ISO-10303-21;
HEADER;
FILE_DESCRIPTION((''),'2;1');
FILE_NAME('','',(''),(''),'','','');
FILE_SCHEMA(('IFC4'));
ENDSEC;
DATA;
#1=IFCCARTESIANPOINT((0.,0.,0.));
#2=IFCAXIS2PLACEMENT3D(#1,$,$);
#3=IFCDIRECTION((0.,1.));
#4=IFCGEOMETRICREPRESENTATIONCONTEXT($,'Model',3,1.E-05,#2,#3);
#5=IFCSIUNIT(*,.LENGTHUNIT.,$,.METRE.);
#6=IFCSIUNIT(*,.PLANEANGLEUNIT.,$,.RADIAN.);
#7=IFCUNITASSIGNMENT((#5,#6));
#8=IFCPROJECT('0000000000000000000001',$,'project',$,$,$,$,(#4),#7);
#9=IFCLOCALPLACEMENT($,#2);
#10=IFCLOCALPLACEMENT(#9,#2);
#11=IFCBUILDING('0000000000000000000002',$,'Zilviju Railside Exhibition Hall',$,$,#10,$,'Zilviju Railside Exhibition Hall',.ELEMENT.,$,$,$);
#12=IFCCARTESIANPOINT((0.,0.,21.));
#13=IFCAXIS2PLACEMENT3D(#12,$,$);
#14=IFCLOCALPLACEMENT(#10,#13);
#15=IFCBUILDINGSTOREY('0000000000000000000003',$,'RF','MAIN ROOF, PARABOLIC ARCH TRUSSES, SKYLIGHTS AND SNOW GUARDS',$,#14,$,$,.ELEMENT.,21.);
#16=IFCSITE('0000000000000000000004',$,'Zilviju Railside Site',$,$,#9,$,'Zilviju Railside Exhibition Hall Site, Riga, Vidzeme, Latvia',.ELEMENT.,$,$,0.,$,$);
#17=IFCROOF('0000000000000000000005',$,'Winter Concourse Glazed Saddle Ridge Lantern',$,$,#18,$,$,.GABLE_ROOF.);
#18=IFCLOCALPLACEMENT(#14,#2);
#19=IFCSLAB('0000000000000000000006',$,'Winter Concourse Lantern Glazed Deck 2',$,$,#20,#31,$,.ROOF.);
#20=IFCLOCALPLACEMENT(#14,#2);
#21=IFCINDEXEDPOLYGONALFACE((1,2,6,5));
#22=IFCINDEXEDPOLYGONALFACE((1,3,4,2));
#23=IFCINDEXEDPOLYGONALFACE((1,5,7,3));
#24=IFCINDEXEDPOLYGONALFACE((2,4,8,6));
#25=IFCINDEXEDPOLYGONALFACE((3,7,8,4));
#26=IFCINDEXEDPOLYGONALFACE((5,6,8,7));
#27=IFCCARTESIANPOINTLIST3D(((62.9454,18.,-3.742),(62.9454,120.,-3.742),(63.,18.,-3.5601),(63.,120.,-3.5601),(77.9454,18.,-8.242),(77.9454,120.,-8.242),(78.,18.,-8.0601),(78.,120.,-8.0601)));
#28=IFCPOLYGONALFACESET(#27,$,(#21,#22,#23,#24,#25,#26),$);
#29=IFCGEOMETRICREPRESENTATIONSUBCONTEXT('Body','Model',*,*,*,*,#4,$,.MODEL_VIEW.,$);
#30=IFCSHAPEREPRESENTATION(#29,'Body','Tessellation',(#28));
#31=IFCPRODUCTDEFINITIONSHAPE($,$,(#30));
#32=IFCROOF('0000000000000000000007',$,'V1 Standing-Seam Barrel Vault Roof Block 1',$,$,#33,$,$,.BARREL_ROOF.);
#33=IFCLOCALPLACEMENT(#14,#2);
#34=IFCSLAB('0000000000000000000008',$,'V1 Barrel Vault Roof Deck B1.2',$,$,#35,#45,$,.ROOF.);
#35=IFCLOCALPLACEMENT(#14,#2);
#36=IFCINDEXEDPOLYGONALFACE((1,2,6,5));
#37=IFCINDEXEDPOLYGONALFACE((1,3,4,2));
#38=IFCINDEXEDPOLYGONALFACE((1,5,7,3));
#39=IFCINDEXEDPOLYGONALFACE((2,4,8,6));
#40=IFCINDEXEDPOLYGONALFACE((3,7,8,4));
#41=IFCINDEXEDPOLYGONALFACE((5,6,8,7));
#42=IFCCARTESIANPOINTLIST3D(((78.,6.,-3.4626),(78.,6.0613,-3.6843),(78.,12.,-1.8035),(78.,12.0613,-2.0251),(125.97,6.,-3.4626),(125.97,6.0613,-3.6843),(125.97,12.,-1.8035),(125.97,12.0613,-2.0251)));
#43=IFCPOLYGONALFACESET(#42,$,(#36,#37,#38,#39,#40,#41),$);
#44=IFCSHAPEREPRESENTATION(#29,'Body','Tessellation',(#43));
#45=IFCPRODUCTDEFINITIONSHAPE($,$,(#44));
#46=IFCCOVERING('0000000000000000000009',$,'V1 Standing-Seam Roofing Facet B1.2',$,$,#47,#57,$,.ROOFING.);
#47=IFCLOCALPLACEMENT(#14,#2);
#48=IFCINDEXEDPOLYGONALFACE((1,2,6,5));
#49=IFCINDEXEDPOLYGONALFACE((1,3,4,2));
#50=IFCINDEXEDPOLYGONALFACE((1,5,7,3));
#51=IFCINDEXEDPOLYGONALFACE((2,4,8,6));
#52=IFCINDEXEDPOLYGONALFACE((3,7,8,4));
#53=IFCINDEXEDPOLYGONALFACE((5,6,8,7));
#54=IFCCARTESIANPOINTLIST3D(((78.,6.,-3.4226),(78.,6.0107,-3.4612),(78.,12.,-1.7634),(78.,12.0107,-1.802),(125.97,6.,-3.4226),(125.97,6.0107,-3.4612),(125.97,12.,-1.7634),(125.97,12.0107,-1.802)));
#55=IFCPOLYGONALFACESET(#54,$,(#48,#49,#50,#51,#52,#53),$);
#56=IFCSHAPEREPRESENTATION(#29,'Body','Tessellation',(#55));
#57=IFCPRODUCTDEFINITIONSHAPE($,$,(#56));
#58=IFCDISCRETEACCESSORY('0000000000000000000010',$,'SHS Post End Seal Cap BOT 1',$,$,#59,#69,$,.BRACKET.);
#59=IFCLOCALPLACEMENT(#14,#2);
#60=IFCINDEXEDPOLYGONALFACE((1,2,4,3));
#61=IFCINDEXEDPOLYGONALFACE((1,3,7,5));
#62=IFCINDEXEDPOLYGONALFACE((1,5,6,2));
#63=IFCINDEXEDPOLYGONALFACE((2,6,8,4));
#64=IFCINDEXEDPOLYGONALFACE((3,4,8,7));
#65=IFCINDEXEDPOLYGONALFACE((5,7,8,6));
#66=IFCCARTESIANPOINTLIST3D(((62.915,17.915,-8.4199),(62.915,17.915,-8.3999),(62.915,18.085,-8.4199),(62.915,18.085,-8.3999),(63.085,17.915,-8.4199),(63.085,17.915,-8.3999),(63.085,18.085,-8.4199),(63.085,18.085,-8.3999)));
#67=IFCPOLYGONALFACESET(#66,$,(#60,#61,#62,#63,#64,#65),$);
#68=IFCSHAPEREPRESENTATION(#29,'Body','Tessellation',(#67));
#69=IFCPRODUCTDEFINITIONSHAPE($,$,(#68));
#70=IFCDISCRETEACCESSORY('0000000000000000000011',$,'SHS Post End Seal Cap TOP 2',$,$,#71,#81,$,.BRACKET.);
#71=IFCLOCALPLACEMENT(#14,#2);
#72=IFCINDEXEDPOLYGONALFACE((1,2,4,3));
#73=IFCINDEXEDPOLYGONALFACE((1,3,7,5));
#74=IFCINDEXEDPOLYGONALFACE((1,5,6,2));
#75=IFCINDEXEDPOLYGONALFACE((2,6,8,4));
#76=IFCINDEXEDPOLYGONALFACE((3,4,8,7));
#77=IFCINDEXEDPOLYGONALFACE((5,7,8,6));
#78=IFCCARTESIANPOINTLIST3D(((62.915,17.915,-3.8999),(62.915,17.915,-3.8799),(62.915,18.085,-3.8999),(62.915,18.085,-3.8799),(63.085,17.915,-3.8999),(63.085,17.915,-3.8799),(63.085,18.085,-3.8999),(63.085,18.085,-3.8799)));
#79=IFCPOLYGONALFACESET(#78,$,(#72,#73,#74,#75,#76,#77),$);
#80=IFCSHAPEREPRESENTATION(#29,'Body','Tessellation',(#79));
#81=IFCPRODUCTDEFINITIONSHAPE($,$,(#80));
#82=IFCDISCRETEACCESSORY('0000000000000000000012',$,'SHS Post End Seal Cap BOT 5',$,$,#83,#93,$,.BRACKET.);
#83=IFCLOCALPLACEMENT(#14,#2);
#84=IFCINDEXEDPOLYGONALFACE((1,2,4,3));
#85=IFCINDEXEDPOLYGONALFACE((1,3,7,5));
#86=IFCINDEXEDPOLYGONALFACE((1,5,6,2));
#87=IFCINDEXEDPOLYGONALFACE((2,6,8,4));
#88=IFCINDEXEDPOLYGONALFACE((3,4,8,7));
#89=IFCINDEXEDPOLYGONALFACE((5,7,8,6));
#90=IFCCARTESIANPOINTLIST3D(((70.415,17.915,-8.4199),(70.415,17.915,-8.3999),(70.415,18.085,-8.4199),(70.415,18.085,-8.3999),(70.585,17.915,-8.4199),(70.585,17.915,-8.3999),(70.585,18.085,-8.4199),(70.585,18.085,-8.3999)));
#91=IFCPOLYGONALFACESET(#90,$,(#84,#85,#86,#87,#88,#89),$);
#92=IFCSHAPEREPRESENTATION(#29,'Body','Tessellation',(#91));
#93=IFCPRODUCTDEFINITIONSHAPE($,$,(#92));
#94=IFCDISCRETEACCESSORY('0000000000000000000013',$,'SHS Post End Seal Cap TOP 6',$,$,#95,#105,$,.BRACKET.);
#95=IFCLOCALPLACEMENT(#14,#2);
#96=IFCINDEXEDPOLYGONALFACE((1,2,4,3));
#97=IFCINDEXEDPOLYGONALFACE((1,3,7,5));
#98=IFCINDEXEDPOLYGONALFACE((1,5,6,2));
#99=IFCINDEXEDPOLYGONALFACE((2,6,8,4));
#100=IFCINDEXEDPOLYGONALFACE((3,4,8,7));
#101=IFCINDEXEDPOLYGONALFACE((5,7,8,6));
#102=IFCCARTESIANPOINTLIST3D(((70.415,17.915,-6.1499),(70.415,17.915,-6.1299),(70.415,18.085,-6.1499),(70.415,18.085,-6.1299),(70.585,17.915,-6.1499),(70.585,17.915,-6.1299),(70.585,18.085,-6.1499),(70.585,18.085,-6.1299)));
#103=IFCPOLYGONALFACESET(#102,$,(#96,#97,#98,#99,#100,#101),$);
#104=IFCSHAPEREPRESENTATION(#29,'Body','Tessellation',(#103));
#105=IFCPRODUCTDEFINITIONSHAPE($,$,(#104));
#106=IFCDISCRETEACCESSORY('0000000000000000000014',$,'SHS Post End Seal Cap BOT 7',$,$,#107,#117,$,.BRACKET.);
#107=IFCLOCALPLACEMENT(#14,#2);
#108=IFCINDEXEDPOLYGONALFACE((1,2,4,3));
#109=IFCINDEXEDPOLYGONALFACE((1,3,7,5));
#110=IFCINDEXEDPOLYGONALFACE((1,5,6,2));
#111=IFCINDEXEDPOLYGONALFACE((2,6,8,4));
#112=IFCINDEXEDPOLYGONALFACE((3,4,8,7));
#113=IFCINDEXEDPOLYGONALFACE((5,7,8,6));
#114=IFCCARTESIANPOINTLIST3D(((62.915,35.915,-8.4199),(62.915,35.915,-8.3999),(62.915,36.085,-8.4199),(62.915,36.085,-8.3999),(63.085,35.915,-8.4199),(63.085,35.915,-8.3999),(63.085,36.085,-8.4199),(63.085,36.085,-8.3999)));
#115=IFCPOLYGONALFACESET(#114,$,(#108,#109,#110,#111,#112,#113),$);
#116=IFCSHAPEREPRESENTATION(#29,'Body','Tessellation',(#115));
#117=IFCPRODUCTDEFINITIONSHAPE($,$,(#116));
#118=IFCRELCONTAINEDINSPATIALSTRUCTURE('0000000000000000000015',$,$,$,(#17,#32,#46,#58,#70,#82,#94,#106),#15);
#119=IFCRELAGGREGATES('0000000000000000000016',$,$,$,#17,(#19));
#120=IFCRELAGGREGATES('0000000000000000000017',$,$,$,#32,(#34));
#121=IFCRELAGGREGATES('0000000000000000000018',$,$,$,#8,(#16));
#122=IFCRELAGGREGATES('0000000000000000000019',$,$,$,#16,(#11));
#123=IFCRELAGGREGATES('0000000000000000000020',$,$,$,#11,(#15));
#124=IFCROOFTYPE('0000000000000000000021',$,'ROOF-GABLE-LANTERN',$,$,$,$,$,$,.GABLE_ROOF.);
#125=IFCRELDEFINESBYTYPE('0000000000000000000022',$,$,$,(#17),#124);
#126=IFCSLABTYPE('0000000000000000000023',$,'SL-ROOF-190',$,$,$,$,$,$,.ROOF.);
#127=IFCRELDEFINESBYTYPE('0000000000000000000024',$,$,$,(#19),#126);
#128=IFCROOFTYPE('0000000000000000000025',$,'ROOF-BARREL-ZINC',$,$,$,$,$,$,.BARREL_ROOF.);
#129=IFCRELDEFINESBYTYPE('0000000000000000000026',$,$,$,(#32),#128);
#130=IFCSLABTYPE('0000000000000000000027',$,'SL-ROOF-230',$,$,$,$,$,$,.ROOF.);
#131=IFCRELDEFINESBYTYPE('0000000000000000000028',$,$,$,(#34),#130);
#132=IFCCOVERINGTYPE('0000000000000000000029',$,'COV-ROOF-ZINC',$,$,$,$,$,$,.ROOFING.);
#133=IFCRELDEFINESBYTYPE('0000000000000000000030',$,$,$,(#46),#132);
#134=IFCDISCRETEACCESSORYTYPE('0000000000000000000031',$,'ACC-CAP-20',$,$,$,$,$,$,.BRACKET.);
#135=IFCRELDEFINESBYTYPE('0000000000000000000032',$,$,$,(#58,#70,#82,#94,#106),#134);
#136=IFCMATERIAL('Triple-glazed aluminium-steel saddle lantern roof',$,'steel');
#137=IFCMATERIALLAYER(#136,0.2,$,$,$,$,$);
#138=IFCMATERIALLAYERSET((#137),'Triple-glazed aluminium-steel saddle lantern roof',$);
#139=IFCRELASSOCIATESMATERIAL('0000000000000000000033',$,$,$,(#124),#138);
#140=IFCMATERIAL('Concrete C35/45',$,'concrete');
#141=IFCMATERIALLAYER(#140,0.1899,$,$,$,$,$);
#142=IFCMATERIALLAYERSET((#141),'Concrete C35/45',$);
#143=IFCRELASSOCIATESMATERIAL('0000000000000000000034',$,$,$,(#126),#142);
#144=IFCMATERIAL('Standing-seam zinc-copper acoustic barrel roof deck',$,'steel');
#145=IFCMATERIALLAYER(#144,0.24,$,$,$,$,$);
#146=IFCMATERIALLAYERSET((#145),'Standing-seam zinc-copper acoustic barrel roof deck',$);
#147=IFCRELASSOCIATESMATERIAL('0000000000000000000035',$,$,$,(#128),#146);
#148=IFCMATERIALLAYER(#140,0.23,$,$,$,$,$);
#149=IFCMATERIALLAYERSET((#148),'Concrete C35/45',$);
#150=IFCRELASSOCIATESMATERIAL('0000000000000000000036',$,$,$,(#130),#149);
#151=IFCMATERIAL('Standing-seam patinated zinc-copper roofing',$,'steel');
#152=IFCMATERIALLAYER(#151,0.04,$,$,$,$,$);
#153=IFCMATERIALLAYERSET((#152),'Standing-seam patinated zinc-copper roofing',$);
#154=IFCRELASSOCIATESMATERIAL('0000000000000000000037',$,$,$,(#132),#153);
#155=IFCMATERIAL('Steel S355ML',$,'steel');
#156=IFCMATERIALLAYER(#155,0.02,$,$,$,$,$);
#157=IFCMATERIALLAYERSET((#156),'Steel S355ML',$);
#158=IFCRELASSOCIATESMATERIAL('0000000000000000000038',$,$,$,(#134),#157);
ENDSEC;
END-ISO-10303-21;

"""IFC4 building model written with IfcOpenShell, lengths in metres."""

from ifc_helpers import new_model, si_unit, direction, frame, origin, origin_2d, place, context, subcontext, project, spatial, polyline, rectangle, outline, extrude, material, layer, layer_set, type_object, element, aggregate, save


model = new_model("IFC4")

# Units and contexts
model_context = context("Model", 3, precision=1e-05, world=origin(), true_north=direction((0.0, 1.0)))
body_context = subcontext(model_context, "Body", "Model", "MODEL_VIEW")
ifc_project = project(units=[si_unit("LENGTHUNIT", "METRE"), si_unit("PLANEANGLEUNIT", "RADIAN")], contexts=[model_context])

# Site, building, storey
site_placement = place(None, origin())
site = spatial("IfcSite", under=ifc_project, at=site_placement, Name="Zilviju Railside Site", LongName="Zilviju Railside Exhibition Hall Site, Riga, Vidzeme, Latvia", CompositionType="ELEMENT", RefElevation=0.0)
building_placement = place(site_placement, origin())
building = spatial("IfcBuilding", under=site, at=building_placement, Name="Zilviju Railside Exhibition Hall", LongName="Zilviju Railside Exhibition Hall", CompositionType="ELEMENT")
storey_placement = place(building_placement, frame((0.0, 0.0, 21.0)))
storey = spatial("IfcBuildingStorey", under=building, at=storey_placement, Name="RF", Description="MAIN ROOF, PARABOLIC ARCH TRUSSES, SKYLIGHTS AND SNOW GUARDS", CompositionType="ELEMENT", Elevation=21.0)

# Shared definitions
ifc_material_1 = material(Name="Steel S355ML", Category="steel")

# Roofs, slabs
ifc_material_2 = material(Name="Triple-glazed aluminium-steel saddle lantern roof", Category="steel")
ifc_layer_1 = layer(ifc_material_2, 0.2)
ifc_layer_set_1 = layer_set([ifc_layer_1], Name="Triple-glazed aluminium-steel saddle lantern roof")
roof_type_1 = type_object("IfcRoofType", Name="ROOF-GABLE-LANTERN", PredefinedType="GABLE_ROOF", material=ifc_layer_set_1)
roof_1_placement = place(storey_placement, origin())
roof_1 = element("IfcRoof", 1, at=roof_1_placement, inside=storey, type_object=roof_type_1, Name="Winter Concourse Glazed Saddle Ridge Lantern", PredefinedType="GABLE_ROOF")
ifc_material_3 = material(Name="Concrete C35/45", Category="concrete")
ifc_layer_2 = layer(ifc_material_3, 0.1899)
ifc_layer_set_2 = layer_set([ifc_layer_2], Name="Concrete C35/45")
slab_type_1 = type_object("IfcSlabType", Name="SL-ROOF-190", PredefinedType="ROOF", material=ifc_layer_set_2)
slab_1_placement = place(storey_placement, frame((63.0, 18.0, -3.5601), z_axis=(0.287348, 0.0, 0.957826), x_axis=(0.957826, 0.0, -0.287348)))
slab_1 = element("IfcSlab", 2, at=slab_1_placement, type_object=slab_type_1, Name="Winter Concourse Lantern Glazed Deck 2", PredefinedType="ROOF", context=body_context, shape_type="SweptSolid", body=[
    extrude(outline(polyline([(0.0, 0.0), (15.6605, 0.0), (15.6605, 102.0), (0.0, 102.0), (0.0, 0.0)])), origin(), (0.0, 0.0, -1.0), 0.1899),
])
aggregate(roof_1, [slab_1])
ifc_material_4 = material(Name="Standing-seam zinc-copper acoustic barrel roof deck", Category="steel")
ifc_layer_3 = layer(ifc_material_4, 0.24)
ifc_layer_set_3 = layer_set([ifc_layer_3], Name="Standing-seam zinc-copper acoustic barrel roof deck")
roof_type_2 = type_object("IfcRoofType", Name="ROOF-BARREL-ZINC", PredefinedType="BARREL_ROOF", material=ifc_layer_set_3)
roof_2_placement = place(storey_placement, origin())
roof_2 = element("IfcRoof", 3, at=roof_2_placement, inside=storey, type_object=roof_type_2, Name="V1 Standing-Seam Barrel Vault Roof Block 1", PredefinedType="BARREL_ROOF")
ifc_layer_4 = layer(ifc_material_3, 0.23)
ifc_layer_set_4 = layer_set([ifc_layer_4], Name="Concrete C35/45")
slab_type_2 = type_object("IfcSlabType", Name="SL-ROOF-230", PredefinedType="ROOF", material=ifc_layer_set_4)
slab_2_placement = place(storey_placement, frame((78.0, 6.0, -3.4626), z_axis=(0.0, -0.266527, 0.963827), x_axis=(1.0, 0.0, 0.0)))
slab_2 = element("IfcSlab", 4, at=slab_2_placement, type_object=slab_type_2, Name="V1 Barrel Vault Roof Deck B1.2", PredefinedType="ROOF", context=body_context, shape_type="SweptSolid", body=[
    extrude(outline(polyline([(0.0, 0.0), (47.97, 0.0), (47.97, 6.2252), (0.0, 6.2252), (0.0, 0.0)])), origin(), (0.0, 0.0, -1.0), 0.23),
])
aggregate(roof_2, [slab_2])

# Covering
ifc_material_5 = material(Name="Standing-seam patinated zinc-copper roofing", Category="steel")
ifc_layer_5 = layer(ifc_material_5, 0.04)
ifc_layer_set_5 = layer_set([ifc_layer_5], Name="Standing-seam patinated zinc-copper roofing")
covering_type = type_object("IfcCoveringType", Name="COV-ROOF-ZINC", PredefinedType="ROOFING", material=ifc_layer_set_5)
covering_placement = place(storey_placement, frame((78.0, 6.0, -3.4226), z_axis=(0.0, -0.266527, 0.963827), x_axis=(1.0, 0.0, 0.0)))
element("IfcCovering", 5, at=covering_placement, inside=storey, type_object=covering_type, Name="V1 Standing-Seam Roofing Facet B1.2", PredefinedType="ROOFING", context=body_context, shape_type="SweptSolid", body=[
    extrude(outline(polyline([(0.0, 0.0), (47.97, 0.0), (47.97, 6.2252), (0.0, 6.2252), (0.0, 0.0)])), origin(), (0.0, 0.0, -1.0), 0.04),
])

# Discrete accessories
ifc_layer_6 = layer(ifc_material_1, 0.02)
ifc_layer_set_6 = layer_set([ifc_layer_6], Name="Steel S355ML")
discrete_accessory_type = type_object("IfcDiscreteAccessoryType", Name="ACC-CAP-20", PredefinedType="BRACKET", material=ifc_layer_set_6)
for number, where, z_axis, x_axis, name in (
    (6, (63.0, 18.0, -8.4199), (0.0, 0.0, 1.0), (1.0, 0.0, 0.0), "SHS Post End Seal Cap BOT 1"),
    (7, (63.0, 18.0, -3.8999), (0.0, 0.0, 1.0), (1.0, 0.0, 0.0), "SHS Post End Seal Cap TOP 2"),
    (8, (70.5, 18.0, -8.4199), (0.0, 0.0, 1.0), (1.0, 0.0, 0.0), "SHS Post End Seal Cap BOT 5"),
    (9, (70.5, 18.0, -6.1499), (0.0, 0.0, 1.0), (1.0, 0.0, 0.0), "SHS Post End Seal Cap TOP 6"),
    (10, (63.0, 36.0, -8.4199), (0.0, 0.0, 1.0), (1.0, 0.0, 0.0), "SHS Post End Seal Cap BOT 7"),
):
    element("IfcDiscreteAccessory", number, at=place(storey_placement, frame(where, z_axis=z_axis, x_axis=x_axis)), inside=storey, type_object=discrete_accessory_type, Name=name, PredefinedType="BRACKET", context=body_context, shape_type="SweptSolid", body=[
        extrude(rectangle(XDim=0.1699, YDim=0.1699, at=origin_2d()), origin(), (0.0, 0.0, 1.0), 0.02),
    ])

save(model, "model.ifc")
